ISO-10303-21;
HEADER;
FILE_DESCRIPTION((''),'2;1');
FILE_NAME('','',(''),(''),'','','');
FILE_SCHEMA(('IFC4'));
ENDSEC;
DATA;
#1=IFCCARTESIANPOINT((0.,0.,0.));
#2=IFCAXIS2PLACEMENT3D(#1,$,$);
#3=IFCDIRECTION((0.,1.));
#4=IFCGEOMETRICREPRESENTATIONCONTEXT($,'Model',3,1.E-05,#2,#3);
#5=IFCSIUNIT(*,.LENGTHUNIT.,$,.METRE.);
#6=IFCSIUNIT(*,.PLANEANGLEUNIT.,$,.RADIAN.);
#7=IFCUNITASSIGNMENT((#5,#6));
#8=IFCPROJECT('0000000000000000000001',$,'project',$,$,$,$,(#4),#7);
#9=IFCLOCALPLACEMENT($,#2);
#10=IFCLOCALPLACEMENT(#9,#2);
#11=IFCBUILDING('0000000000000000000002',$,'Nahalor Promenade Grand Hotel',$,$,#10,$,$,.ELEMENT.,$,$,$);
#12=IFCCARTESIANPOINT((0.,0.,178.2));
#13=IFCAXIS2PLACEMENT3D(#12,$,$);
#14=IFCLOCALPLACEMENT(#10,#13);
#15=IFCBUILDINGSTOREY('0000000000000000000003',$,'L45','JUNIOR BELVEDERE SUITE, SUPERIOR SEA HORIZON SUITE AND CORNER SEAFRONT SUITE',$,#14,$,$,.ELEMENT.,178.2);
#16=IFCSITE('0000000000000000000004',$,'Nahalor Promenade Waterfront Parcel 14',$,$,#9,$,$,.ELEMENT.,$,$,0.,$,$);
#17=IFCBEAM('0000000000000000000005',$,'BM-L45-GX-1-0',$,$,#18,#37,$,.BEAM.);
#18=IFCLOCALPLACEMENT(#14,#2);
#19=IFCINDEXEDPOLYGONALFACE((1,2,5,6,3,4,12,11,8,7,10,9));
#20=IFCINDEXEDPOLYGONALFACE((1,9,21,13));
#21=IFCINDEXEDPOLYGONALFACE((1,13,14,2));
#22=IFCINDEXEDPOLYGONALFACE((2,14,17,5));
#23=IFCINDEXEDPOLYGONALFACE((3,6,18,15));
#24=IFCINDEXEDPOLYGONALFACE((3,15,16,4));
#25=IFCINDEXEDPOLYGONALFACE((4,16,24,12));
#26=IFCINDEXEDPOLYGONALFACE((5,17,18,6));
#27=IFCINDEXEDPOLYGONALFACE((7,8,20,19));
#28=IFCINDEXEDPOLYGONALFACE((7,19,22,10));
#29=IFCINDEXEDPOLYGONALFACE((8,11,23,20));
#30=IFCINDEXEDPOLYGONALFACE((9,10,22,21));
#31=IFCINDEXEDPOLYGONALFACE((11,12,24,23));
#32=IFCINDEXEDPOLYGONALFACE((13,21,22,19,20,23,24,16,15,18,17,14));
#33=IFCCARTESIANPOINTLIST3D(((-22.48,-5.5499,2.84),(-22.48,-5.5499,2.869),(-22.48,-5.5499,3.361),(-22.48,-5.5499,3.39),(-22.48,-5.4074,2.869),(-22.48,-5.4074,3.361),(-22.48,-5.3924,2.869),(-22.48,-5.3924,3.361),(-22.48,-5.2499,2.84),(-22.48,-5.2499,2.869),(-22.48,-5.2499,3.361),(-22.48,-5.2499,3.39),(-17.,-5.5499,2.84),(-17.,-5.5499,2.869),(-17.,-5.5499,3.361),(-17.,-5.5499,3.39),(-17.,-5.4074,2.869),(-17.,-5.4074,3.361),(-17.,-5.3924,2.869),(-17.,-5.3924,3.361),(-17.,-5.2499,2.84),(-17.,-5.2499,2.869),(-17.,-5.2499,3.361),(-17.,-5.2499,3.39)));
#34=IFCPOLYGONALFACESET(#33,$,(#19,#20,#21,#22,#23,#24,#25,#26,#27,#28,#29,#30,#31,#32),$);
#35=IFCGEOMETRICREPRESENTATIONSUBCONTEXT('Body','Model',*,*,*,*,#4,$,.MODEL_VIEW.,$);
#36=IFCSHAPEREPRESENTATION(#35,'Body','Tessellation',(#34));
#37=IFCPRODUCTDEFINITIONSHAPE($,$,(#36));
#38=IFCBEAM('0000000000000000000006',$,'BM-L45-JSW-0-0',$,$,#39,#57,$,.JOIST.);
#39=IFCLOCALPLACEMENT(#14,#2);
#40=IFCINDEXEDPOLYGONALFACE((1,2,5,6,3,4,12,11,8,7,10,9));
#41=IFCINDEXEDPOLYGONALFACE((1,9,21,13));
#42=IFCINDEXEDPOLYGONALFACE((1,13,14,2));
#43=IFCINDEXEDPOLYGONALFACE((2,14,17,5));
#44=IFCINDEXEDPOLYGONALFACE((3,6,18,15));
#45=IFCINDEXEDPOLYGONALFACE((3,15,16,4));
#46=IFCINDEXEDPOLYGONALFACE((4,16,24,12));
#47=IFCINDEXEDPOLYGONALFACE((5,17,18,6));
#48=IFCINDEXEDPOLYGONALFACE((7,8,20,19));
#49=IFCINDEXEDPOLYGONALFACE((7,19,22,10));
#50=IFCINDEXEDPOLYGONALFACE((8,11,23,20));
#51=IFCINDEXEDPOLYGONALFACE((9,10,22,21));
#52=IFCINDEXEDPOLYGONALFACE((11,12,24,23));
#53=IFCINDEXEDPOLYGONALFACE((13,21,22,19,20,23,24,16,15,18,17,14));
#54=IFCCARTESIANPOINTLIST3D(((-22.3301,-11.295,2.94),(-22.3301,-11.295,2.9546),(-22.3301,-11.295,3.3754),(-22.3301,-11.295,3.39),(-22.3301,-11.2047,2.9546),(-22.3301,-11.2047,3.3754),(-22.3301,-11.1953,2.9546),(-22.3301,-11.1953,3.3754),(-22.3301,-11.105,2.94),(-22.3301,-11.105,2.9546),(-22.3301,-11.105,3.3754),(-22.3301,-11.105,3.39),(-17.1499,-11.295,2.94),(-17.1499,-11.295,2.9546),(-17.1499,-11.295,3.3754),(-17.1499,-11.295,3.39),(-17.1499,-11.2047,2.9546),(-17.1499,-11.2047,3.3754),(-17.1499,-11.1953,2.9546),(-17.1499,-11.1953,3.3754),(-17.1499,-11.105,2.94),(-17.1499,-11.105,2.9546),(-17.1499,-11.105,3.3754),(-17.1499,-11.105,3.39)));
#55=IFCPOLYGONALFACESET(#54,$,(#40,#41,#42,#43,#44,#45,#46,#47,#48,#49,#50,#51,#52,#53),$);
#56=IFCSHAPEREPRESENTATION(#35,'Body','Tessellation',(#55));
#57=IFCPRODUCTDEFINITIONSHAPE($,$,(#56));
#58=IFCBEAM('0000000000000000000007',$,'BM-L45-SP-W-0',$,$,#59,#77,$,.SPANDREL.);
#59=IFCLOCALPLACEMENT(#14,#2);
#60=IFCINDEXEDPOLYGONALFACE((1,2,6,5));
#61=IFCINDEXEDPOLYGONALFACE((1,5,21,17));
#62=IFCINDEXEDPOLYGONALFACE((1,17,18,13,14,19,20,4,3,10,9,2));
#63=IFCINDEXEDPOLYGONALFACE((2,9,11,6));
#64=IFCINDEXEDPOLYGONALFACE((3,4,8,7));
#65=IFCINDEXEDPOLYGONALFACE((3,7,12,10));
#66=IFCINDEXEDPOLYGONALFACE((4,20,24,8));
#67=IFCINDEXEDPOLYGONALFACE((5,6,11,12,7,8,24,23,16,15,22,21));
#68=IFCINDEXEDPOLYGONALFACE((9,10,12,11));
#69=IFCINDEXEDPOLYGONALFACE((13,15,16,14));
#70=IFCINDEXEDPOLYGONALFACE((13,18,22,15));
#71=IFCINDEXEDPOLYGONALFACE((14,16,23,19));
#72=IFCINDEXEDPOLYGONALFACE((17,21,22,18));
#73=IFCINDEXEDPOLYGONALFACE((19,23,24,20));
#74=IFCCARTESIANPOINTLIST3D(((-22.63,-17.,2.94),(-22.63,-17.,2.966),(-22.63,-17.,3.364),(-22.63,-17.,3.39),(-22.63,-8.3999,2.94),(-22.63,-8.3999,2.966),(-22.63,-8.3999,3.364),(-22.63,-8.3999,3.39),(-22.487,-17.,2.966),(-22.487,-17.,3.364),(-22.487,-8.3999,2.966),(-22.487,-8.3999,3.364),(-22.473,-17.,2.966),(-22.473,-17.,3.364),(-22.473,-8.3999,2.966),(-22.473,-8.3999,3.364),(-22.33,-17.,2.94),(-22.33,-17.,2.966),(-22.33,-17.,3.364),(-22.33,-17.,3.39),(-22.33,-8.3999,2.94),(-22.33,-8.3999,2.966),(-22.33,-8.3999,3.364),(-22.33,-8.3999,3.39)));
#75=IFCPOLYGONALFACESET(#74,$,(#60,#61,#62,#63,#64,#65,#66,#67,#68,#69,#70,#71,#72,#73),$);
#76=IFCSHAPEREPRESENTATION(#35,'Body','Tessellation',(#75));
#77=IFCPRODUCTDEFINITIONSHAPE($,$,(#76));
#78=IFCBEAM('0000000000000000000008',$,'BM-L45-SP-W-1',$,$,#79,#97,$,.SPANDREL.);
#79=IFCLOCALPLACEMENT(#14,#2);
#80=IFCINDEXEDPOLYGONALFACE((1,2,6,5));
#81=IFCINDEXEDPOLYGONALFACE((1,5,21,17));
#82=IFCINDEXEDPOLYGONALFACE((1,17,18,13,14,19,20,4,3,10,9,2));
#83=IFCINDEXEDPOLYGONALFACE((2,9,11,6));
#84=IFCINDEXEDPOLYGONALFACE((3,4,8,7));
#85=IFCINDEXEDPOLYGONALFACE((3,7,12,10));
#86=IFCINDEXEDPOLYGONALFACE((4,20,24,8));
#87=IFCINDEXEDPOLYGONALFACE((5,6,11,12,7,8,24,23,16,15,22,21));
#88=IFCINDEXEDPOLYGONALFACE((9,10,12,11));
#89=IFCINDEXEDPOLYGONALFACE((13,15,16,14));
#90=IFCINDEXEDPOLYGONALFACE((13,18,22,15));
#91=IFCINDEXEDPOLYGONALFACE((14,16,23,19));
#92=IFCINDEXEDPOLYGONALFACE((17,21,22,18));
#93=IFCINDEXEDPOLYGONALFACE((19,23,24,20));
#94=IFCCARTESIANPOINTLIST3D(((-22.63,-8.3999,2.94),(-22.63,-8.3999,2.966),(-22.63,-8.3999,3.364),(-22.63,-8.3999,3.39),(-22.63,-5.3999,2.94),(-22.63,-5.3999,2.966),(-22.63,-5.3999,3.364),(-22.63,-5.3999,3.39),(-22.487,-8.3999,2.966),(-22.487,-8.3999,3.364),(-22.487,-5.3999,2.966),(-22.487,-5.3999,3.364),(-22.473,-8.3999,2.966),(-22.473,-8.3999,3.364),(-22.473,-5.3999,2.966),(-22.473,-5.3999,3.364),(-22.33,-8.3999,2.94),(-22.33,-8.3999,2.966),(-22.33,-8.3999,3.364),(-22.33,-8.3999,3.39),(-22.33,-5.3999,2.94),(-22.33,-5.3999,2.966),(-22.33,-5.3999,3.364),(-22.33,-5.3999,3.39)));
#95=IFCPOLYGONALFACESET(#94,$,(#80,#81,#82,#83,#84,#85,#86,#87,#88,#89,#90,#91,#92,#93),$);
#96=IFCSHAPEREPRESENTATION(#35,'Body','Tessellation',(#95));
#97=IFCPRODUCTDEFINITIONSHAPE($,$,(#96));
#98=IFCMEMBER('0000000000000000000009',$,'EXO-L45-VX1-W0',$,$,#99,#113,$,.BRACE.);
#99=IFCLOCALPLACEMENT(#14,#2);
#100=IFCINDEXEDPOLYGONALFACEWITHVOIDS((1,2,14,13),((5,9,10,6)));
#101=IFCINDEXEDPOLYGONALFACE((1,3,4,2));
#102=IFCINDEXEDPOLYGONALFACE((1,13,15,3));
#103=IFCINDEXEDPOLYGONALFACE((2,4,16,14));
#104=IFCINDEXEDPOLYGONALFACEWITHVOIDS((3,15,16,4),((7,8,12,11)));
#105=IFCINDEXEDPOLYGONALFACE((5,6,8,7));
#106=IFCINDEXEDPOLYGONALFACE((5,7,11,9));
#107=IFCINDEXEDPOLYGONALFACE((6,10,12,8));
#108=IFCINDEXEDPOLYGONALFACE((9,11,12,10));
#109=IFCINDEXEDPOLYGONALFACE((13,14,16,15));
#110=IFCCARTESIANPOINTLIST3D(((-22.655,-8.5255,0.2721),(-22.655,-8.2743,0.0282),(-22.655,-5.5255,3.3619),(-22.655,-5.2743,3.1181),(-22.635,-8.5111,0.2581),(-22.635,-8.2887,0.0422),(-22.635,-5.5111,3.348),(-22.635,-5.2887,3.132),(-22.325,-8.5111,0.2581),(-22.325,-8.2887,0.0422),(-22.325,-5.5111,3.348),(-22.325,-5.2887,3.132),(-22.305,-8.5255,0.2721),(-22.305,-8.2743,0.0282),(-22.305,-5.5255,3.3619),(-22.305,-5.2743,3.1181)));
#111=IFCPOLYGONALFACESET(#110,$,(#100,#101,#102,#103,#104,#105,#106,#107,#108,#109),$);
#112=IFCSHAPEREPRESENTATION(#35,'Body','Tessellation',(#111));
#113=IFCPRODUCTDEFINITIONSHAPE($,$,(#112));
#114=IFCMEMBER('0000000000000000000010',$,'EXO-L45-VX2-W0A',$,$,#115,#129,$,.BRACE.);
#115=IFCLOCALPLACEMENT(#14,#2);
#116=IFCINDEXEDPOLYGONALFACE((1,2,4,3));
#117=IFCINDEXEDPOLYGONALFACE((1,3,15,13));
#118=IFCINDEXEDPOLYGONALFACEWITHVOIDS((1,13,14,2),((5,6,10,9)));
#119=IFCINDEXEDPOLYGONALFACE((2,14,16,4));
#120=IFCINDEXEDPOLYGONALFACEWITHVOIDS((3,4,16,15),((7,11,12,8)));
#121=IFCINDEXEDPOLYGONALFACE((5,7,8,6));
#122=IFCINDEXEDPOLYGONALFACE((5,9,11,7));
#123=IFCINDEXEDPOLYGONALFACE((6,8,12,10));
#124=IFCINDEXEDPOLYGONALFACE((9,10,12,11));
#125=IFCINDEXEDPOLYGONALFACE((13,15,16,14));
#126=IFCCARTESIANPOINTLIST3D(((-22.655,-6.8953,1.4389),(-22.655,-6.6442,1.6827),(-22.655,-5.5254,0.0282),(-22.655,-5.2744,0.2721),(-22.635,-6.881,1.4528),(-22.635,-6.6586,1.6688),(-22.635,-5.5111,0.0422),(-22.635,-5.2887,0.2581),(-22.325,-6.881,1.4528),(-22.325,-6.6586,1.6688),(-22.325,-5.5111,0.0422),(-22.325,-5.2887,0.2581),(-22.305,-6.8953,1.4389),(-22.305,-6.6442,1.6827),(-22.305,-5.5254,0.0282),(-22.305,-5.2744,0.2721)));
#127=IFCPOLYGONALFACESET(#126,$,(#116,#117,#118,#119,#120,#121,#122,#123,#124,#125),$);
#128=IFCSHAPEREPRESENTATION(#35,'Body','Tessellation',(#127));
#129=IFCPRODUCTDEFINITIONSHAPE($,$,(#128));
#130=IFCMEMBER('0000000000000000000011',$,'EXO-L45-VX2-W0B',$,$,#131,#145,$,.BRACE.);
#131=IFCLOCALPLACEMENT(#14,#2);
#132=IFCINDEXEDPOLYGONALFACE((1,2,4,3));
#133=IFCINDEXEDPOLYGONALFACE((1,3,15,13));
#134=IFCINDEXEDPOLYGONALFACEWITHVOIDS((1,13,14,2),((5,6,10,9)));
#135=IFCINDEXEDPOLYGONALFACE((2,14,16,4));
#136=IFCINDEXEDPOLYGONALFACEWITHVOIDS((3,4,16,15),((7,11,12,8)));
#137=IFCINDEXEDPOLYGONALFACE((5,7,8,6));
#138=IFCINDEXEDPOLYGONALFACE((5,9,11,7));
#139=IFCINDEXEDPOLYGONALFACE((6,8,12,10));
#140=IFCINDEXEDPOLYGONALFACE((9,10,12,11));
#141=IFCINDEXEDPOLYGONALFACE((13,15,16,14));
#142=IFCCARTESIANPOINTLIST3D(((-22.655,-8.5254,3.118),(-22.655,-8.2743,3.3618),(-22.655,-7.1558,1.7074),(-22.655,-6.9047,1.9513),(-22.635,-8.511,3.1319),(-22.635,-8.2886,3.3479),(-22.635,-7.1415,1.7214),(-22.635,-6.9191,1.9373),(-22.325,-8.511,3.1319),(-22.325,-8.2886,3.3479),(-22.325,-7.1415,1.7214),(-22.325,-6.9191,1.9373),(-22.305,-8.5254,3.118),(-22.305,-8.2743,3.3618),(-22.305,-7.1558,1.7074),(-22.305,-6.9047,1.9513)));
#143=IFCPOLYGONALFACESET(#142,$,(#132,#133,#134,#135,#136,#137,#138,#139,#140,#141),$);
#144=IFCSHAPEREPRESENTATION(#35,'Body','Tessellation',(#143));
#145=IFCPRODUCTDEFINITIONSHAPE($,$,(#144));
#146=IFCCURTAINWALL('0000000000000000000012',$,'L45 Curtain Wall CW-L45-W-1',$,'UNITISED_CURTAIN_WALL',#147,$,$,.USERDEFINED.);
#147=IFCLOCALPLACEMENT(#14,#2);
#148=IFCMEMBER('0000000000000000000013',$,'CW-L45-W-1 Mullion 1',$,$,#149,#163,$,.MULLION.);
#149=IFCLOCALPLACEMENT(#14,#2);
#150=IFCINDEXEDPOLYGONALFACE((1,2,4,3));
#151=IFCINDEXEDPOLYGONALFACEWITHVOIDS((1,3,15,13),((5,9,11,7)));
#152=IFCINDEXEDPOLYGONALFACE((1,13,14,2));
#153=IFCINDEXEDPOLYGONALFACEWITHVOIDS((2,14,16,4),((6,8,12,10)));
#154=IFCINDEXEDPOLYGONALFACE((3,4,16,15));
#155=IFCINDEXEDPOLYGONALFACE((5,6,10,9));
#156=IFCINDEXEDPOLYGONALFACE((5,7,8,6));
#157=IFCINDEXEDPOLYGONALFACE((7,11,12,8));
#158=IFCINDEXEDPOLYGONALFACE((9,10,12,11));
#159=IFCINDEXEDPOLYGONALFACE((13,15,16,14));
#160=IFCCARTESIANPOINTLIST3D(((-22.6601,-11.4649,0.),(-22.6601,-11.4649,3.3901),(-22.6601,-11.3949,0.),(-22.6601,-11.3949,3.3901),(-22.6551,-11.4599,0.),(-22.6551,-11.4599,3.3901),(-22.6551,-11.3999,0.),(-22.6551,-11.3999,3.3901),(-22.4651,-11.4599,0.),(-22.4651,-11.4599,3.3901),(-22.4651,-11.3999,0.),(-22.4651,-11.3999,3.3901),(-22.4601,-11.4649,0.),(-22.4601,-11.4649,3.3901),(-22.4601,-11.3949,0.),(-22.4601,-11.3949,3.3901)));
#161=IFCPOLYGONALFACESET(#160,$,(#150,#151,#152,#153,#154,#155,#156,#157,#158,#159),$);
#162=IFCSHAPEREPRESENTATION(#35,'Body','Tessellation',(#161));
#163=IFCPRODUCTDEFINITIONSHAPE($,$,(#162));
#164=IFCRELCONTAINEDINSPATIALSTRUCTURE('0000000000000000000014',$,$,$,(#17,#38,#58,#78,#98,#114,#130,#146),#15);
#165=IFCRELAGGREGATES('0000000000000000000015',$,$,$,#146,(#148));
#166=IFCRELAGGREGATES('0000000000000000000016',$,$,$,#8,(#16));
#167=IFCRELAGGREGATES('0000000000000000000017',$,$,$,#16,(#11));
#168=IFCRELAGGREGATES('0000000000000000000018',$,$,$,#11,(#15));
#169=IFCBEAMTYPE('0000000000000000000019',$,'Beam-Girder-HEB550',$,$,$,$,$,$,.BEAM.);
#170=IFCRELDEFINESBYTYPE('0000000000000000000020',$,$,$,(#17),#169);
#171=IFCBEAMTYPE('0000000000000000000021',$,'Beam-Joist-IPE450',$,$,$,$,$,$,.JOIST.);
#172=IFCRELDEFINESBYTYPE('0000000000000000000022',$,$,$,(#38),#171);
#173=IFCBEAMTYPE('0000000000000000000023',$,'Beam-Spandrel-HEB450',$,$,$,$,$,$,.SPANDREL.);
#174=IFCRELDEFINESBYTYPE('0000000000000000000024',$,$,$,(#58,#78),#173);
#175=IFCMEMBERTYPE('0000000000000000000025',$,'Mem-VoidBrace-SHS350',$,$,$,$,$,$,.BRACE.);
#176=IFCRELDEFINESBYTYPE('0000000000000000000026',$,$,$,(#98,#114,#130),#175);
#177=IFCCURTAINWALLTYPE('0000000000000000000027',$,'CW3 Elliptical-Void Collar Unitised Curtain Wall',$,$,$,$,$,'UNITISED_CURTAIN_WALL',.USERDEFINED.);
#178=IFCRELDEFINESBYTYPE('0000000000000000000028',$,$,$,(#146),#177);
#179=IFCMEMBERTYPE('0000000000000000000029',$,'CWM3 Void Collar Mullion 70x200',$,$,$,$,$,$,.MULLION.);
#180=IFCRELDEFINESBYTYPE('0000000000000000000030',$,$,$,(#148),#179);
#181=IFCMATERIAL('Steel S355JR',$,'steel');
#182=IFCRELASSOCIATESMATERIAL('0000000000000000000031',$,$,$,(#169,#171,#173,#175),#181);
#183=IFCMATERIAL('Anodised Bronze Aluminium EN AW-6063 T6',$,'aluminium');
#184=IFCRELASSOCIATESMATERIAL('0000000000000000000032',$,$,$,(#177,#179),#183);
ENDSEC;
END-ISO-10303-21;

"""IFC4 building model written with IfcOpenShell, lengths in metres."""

from ifc_helpers import new_model, si_unit, direction, frame, origin, origin_2d, place, context, subcontext, project, spatial, hollow_rectangle, i_section, extrude, source, transform, mapped, material, material_profile, profile_set, type_object, element, aggregate, save


model = new_model("IFC4")

# Units and contexts
model_context = context("Model", 3, precision=1e-05, world=origin(), true_north=direction((0.0, 1.0)))
body_context = subcontext(model_context, "Body", "Model", "MODEL_VIEW")
ifc_project = project(units=[si_unit("LENGTHUNIT", "METRE"), si_unit("PLANEANGLEUNIT", "RADIAN")], contexts=[model_context])

# Site, building, storey
site_placement = place(None, origin())
site = spatial("IfcSite", under=ifc_project, at=site_placement, Name="Nahalor Promenade Waterfront Parcel 14", CompositionType="ELEMENT", RefElevation=0.0)
building_placement = place(site_placement, origin())
building = spatial("IfcBuilding", under=site, at=building_placement, Name="Nahalor Promenade Grand Hotel", CompositionType="ELEMENT")
storey_placement = place(building_placement, frame((0.0, 0.0, 178.2)))
storey = spatial("IfcBuildingStorey", under=building, at=storey_placement, Name="L45", Description="JUNIOR BELVEDERE SUITE, SUPERIOR SEA HORIZON SUITE AND CORNER SEAFRONT SUITE", CompositionType="ELEMENT", Elevation=178.2)

# Beams
ifc_material_1 = material(Name="Steel S355JR", Category="steel")
ifc_material_profile_1 = material_profile(ifc_material_1, i_section(OverallWidth=0.3, OverallDepth=0.55, WebThickness=0.015, FlangeThickness=0.029, at=origin_2d()), Name="HEB 550")
ifc_profile_set_1 = profile_set([ifc_material_profile_1], Name="Steel S355JR")
beam_type_1 = type_object("IfcBeamType", Name="Beam-Girder-HEB550", PredefinedType="BEAM", material=ifc_profile_set_1)
ifc_material_profile_2 = material_profile(ifc_material_1, i_section(OverallWidth=0.19, OverallDepth=0.45, WebThickness=0.0094, FlangeThickness=0.0146, at=origin_2d()), Name="IPE 450")
ifc_profile_set_2 = profile_set([ifc_material_profile_2], Name="Steel S355JR")
beam_type_2 = type_object("IfcBeamType", Name="Beam-Joist-IPE450", PredefinedType="JOIST", material=ifc_profile_set_2)
shared_shape_1 = source(origin(), body_context, "Body", "SweptSolid", [
    extrude(i_section(OverallWidth=0.3, OverallDepth=0.55, WebThickness=0.015, FlangeThickness=0.029, at=origin_2d()), origin(), (0.0, 0.0, 1.0), 5.48),
])
for number, where, z_axis, x_axis, name in (
    (1, (-22.48, -5.3999, 3.115), (1.0, 0.0, 0.0), (0.0, 1.0, 0.0), "BM-L45-GX-1-0"),
):
    element("IfcBeam", number, at=place(storey_placement, frame(where, z_axis=z_axis, x_axis=x_axis)), inside=storey, type_object=beam_type_1, Name=name, PredefinedType="BEAM", context=body_context, shape_type="MappedRepresentation", body=[
        mapped(shared_shape_1, transform((0.0, 0.0, 0.0), scale=1.0)),
    ])
shared_shape_2 = source(origin(), body_context, "Body", "SweptSolid", [
    extrude(i_section(OverallWidth=0.19, OverallDepth=0.45, WebThickness=0.0094, FlangeThickness=0.0146, at=origin_2d()), origin(), (0.0, 0.0, 1.0), 5.1802),
])
beam_1_placement = place(storey_placement, frame((-22.3301, -11.2, 3.165), z_axis=(1.0, 0.0, 0.0), x_axis=(0.0, 1.0, 0.0)))
element("IfcBeam", 2, at=beam_1_placement, inside=storey, type_object=beam_type_2, Name="BM-L45-JSW-0-0", PredefinedType="JOIST", context=body_context, shape_type="MappedRepresentation", body=[
    mapped(shared_shape_2, transform((0.0, 0.0, 0.0), scale=1.0)),
])
ifc_material_profile_3 = material_profile(ifc_material_1, i_section(OverallWidth=0.3, OverallDepth=0.45, WebThickness=0.014, FlangeThickness=0.026, at=origin_2d()), Name="HEB 450")
ifc_profile_set_3 = profile_set([ifc_material_profile_3], Name="Steel S355JR")
beam_type_3 = type_object("IfcBeamType", Name="Beam-Spandrel-HEB450", PredefinedType="SPANDREL", material=ifc_profile_set_3)
shared_shape_3 = source(origin(), body_context, "Body", "SweptSolid", [
    extrude(i_section(OverallWidth=0.3, OverallDepth=0.45, WebThickness=0.014, FlangeThickness=0.026, at=origin_2d()), origin(), (0.0, 0.0, 1.0), 8.6001),
])
beam_2_placement = place(storey_placement, frame((-22.48, -17.0, 3.165), z_axis=(0.0, 1.0, 0.0), x_axis=(-1.0, 0.0, 0.0)))
element("IfcBeam", 3, at=beam_2_placement, inside=storey, type_object=beam_type_3, Name="BM-L45-SP-W-0", PredefinedType="SPANDREL", context=body_context, shape_type="MappedRepresentation", body=[
    mapped(shared_shape_3, transform((0.0, 0.0, 0.0), scale=1.0)),
])
shared_shape_4 = source(origin(), body_context, "Body", "SweptSolid", [
    extrude(i_section(OverallWidth=0.3, OverallDepth=0.45, WebThickness=0.014, FlangeThickness=0.026, at=origin_2d()), origin(), (0.0, 0.0, 1.0), 3.0),
])
beam_3_placement = place(storey_placement, frame((-22.48, -8.3999, 3.165), z_axis=(0.0, 1.0, 0.0), x_axis=(-1.0, 0.0, 0.0)))
element("IfcBeam", 4, at=beam_3_placement, inside=storey, type_object=beam_type_3, Name="BM-L45-SP-W-1", PredefinedType="SPANDREL", context=body_context, shape_type="MappedRepresentation", body=[
    mapped(shared_shape_4, transform((0.0, 0.0, 0.0), scale=1.0)),
])

# Members
ifc_material_profile_4 = material_profile(ifc_material_1, hollow_rectangle(XDim=0.35, YDim=0.35, WallThickness=0.02, at=origin_2d()), Name="SHS 350x350x20")
ifc_profile_set_4 = profile_set([ifc_material_profile_4], Name="Steel S355JR")
member_type_1 = type_object("IfcMemberType", Name="Mem-VoidBrace-SHS350", PredefinedType="BRACE", material=ifc_profile_set_4)
shared_shape_5 = source(origin(), body_context, "Body", "SweptSolid", [
    extrude(hollow_rectangle(XDim=0.35, YDim=0.35, WallThickness=0.02, at=origin_2d()), origin(), (0.0, 0.0, 1.0), 4.3066),
])
member_1_placement = place(storey_placement, frame((-22.48, -8.3999, 0.1501), z_axis=(0.0, 0.696599, 0.717461), x_axis=(-1.0, 0.0, 0.0)))
element("IfcMember", 5, at=member_1_placement, inside=storey, type_object=member_type_1, Name="EXO-L45-VX1-W0", PredefinedType="BRACE", context=body_context, shape_type="MappedRepresentation", body=[
    mapped(shared_shape_5, transform((0.0, 0.0, 0.0), scale=1.0)),
])
shared_shape_6 = source(origin(), body_context, "Body", "SweptSolid", [
    extrude(hollow_rectangle(XDim=0.35, YDim=0.35, WallThickness=0.02, at=origin_2d()), origin(), (0.0, 0.0, 1.0), 1.9663),
])
member_2_placement = place(storey_placement, frame((-22.48, -5.3999, 0.1501), z_axis=(0.0, -0.696663, 0.717398), x_axis=(1.0, 0.0, 0.0)))
element("IfcMember", 6, at=member_2_placement, inside=storey, type_object=member_type_1, Name="EXO-L45-VX2-W0A", PredefinedType="BRACE", context=body_context, shape_type="MappedRepresentation", body=[
    mapped(shared_shape_6, transform((0.0, 0.0, 0.0), scale=1.0)),
])
shared_shape_7 = source(origin(), body_context, "Body", "SweptSolid", [
    extrude(hollow_rectangle(XDim=0.35, YDim=0.35, WallThickness=0.02, at=origin_2d()), origin(), (0.0, 0.0, 1.0), 1.9661),
])
member_3_placement = place(storey_placement, frame((-22.48, -7.0303, 1.8293), z_axis=(0.0, -0.696599, 0.71746), x_axis=(1.0, 0.0, 0.0)))
element("IfcMember", 7, at=member_3_placement, inside=storey, type_object=member_type_1, Name="EXO-L45-VX2-W0B", PredefinedType="BRACE", context=body_context, shape_type="MappedRepresentation", body=[
    mapped(shared_shape_7, transform((0.0, 0.0, 0.0), scale=1.0)),
])

# Curtain wall, member
ifc_material_2 = material(Name="Anodised Bronze Aluminium EN AW-6063 T6", Category="aluminium")
curtain_wall_type = type_object("IfcCurtainWallType", Name="CW3 Elliptical-Void Collar Unitised Curtain Wall", ElementType="UNITISED_CURTAIN_WALL", PredefinedType="USERDEFINED", material=ifc_material_2)
curtain_wall_1_placement = place(storey_placement, origin())
curtain_wall_1 = element("IfcCurtainWall", 8, at=curtain_wall_1_placement, inside=storey, type_object=curtain_wall_type, Name="L45 Curtain Wall CW-L45-W-1", ObjectType="UNITISED_CURTAIN_WALL", PredefinedType="USERDEFINED")
ifc_material_profile_5 = material_profile(ifc_material_2, hollow_rectangle(XDim=0.07, YDim=0.2, WallThickness=0.005, at=origin_2d()), Name="CWM 70x200x5")
ifc_profile_set_5 = profile_set([ifc_material_profile_5], Name="Anodised Bronze Aluminium EN AW-6063 T6")
member_type_2 = type_object("IfcMemberType", Name="CWM3 Void Collar Mullion 70x200", PredefinedType="MULLION", material=ifc_profile_set_5)
shared_shape_8 = source(origin(), body_context, "Body", "SweptSolid", [
    extrude(hollow_rectangle(XDim=0.07, YDim=0.2, WallThickness=0.005, at=origin_2d()), origin(), (0.0, 0.0, 1.0), 3.3901),
])
member_4_placement = place(storey_placement, frame((-22.5601, -11.4299, 0.0), z_axis=(0.0, 0.0, 1.0), x_axis=(0.0, 1.0, 0.0)))
member_4 = element("IfcMember", 9, at=member_4_placement, type_object=member_type_2, Name="CW-L45-W-1 Mullion 1", PredefinedType="MULLION", context=body_context, shape_type="MappedRepresentation", body=[
    mapped(shared_shape_8, transform((0.0, 0.0, 0.0), scale=1.0)),
])

aggregate(curtain_wall_1, [member_4])

save(model, "model.ifc")
